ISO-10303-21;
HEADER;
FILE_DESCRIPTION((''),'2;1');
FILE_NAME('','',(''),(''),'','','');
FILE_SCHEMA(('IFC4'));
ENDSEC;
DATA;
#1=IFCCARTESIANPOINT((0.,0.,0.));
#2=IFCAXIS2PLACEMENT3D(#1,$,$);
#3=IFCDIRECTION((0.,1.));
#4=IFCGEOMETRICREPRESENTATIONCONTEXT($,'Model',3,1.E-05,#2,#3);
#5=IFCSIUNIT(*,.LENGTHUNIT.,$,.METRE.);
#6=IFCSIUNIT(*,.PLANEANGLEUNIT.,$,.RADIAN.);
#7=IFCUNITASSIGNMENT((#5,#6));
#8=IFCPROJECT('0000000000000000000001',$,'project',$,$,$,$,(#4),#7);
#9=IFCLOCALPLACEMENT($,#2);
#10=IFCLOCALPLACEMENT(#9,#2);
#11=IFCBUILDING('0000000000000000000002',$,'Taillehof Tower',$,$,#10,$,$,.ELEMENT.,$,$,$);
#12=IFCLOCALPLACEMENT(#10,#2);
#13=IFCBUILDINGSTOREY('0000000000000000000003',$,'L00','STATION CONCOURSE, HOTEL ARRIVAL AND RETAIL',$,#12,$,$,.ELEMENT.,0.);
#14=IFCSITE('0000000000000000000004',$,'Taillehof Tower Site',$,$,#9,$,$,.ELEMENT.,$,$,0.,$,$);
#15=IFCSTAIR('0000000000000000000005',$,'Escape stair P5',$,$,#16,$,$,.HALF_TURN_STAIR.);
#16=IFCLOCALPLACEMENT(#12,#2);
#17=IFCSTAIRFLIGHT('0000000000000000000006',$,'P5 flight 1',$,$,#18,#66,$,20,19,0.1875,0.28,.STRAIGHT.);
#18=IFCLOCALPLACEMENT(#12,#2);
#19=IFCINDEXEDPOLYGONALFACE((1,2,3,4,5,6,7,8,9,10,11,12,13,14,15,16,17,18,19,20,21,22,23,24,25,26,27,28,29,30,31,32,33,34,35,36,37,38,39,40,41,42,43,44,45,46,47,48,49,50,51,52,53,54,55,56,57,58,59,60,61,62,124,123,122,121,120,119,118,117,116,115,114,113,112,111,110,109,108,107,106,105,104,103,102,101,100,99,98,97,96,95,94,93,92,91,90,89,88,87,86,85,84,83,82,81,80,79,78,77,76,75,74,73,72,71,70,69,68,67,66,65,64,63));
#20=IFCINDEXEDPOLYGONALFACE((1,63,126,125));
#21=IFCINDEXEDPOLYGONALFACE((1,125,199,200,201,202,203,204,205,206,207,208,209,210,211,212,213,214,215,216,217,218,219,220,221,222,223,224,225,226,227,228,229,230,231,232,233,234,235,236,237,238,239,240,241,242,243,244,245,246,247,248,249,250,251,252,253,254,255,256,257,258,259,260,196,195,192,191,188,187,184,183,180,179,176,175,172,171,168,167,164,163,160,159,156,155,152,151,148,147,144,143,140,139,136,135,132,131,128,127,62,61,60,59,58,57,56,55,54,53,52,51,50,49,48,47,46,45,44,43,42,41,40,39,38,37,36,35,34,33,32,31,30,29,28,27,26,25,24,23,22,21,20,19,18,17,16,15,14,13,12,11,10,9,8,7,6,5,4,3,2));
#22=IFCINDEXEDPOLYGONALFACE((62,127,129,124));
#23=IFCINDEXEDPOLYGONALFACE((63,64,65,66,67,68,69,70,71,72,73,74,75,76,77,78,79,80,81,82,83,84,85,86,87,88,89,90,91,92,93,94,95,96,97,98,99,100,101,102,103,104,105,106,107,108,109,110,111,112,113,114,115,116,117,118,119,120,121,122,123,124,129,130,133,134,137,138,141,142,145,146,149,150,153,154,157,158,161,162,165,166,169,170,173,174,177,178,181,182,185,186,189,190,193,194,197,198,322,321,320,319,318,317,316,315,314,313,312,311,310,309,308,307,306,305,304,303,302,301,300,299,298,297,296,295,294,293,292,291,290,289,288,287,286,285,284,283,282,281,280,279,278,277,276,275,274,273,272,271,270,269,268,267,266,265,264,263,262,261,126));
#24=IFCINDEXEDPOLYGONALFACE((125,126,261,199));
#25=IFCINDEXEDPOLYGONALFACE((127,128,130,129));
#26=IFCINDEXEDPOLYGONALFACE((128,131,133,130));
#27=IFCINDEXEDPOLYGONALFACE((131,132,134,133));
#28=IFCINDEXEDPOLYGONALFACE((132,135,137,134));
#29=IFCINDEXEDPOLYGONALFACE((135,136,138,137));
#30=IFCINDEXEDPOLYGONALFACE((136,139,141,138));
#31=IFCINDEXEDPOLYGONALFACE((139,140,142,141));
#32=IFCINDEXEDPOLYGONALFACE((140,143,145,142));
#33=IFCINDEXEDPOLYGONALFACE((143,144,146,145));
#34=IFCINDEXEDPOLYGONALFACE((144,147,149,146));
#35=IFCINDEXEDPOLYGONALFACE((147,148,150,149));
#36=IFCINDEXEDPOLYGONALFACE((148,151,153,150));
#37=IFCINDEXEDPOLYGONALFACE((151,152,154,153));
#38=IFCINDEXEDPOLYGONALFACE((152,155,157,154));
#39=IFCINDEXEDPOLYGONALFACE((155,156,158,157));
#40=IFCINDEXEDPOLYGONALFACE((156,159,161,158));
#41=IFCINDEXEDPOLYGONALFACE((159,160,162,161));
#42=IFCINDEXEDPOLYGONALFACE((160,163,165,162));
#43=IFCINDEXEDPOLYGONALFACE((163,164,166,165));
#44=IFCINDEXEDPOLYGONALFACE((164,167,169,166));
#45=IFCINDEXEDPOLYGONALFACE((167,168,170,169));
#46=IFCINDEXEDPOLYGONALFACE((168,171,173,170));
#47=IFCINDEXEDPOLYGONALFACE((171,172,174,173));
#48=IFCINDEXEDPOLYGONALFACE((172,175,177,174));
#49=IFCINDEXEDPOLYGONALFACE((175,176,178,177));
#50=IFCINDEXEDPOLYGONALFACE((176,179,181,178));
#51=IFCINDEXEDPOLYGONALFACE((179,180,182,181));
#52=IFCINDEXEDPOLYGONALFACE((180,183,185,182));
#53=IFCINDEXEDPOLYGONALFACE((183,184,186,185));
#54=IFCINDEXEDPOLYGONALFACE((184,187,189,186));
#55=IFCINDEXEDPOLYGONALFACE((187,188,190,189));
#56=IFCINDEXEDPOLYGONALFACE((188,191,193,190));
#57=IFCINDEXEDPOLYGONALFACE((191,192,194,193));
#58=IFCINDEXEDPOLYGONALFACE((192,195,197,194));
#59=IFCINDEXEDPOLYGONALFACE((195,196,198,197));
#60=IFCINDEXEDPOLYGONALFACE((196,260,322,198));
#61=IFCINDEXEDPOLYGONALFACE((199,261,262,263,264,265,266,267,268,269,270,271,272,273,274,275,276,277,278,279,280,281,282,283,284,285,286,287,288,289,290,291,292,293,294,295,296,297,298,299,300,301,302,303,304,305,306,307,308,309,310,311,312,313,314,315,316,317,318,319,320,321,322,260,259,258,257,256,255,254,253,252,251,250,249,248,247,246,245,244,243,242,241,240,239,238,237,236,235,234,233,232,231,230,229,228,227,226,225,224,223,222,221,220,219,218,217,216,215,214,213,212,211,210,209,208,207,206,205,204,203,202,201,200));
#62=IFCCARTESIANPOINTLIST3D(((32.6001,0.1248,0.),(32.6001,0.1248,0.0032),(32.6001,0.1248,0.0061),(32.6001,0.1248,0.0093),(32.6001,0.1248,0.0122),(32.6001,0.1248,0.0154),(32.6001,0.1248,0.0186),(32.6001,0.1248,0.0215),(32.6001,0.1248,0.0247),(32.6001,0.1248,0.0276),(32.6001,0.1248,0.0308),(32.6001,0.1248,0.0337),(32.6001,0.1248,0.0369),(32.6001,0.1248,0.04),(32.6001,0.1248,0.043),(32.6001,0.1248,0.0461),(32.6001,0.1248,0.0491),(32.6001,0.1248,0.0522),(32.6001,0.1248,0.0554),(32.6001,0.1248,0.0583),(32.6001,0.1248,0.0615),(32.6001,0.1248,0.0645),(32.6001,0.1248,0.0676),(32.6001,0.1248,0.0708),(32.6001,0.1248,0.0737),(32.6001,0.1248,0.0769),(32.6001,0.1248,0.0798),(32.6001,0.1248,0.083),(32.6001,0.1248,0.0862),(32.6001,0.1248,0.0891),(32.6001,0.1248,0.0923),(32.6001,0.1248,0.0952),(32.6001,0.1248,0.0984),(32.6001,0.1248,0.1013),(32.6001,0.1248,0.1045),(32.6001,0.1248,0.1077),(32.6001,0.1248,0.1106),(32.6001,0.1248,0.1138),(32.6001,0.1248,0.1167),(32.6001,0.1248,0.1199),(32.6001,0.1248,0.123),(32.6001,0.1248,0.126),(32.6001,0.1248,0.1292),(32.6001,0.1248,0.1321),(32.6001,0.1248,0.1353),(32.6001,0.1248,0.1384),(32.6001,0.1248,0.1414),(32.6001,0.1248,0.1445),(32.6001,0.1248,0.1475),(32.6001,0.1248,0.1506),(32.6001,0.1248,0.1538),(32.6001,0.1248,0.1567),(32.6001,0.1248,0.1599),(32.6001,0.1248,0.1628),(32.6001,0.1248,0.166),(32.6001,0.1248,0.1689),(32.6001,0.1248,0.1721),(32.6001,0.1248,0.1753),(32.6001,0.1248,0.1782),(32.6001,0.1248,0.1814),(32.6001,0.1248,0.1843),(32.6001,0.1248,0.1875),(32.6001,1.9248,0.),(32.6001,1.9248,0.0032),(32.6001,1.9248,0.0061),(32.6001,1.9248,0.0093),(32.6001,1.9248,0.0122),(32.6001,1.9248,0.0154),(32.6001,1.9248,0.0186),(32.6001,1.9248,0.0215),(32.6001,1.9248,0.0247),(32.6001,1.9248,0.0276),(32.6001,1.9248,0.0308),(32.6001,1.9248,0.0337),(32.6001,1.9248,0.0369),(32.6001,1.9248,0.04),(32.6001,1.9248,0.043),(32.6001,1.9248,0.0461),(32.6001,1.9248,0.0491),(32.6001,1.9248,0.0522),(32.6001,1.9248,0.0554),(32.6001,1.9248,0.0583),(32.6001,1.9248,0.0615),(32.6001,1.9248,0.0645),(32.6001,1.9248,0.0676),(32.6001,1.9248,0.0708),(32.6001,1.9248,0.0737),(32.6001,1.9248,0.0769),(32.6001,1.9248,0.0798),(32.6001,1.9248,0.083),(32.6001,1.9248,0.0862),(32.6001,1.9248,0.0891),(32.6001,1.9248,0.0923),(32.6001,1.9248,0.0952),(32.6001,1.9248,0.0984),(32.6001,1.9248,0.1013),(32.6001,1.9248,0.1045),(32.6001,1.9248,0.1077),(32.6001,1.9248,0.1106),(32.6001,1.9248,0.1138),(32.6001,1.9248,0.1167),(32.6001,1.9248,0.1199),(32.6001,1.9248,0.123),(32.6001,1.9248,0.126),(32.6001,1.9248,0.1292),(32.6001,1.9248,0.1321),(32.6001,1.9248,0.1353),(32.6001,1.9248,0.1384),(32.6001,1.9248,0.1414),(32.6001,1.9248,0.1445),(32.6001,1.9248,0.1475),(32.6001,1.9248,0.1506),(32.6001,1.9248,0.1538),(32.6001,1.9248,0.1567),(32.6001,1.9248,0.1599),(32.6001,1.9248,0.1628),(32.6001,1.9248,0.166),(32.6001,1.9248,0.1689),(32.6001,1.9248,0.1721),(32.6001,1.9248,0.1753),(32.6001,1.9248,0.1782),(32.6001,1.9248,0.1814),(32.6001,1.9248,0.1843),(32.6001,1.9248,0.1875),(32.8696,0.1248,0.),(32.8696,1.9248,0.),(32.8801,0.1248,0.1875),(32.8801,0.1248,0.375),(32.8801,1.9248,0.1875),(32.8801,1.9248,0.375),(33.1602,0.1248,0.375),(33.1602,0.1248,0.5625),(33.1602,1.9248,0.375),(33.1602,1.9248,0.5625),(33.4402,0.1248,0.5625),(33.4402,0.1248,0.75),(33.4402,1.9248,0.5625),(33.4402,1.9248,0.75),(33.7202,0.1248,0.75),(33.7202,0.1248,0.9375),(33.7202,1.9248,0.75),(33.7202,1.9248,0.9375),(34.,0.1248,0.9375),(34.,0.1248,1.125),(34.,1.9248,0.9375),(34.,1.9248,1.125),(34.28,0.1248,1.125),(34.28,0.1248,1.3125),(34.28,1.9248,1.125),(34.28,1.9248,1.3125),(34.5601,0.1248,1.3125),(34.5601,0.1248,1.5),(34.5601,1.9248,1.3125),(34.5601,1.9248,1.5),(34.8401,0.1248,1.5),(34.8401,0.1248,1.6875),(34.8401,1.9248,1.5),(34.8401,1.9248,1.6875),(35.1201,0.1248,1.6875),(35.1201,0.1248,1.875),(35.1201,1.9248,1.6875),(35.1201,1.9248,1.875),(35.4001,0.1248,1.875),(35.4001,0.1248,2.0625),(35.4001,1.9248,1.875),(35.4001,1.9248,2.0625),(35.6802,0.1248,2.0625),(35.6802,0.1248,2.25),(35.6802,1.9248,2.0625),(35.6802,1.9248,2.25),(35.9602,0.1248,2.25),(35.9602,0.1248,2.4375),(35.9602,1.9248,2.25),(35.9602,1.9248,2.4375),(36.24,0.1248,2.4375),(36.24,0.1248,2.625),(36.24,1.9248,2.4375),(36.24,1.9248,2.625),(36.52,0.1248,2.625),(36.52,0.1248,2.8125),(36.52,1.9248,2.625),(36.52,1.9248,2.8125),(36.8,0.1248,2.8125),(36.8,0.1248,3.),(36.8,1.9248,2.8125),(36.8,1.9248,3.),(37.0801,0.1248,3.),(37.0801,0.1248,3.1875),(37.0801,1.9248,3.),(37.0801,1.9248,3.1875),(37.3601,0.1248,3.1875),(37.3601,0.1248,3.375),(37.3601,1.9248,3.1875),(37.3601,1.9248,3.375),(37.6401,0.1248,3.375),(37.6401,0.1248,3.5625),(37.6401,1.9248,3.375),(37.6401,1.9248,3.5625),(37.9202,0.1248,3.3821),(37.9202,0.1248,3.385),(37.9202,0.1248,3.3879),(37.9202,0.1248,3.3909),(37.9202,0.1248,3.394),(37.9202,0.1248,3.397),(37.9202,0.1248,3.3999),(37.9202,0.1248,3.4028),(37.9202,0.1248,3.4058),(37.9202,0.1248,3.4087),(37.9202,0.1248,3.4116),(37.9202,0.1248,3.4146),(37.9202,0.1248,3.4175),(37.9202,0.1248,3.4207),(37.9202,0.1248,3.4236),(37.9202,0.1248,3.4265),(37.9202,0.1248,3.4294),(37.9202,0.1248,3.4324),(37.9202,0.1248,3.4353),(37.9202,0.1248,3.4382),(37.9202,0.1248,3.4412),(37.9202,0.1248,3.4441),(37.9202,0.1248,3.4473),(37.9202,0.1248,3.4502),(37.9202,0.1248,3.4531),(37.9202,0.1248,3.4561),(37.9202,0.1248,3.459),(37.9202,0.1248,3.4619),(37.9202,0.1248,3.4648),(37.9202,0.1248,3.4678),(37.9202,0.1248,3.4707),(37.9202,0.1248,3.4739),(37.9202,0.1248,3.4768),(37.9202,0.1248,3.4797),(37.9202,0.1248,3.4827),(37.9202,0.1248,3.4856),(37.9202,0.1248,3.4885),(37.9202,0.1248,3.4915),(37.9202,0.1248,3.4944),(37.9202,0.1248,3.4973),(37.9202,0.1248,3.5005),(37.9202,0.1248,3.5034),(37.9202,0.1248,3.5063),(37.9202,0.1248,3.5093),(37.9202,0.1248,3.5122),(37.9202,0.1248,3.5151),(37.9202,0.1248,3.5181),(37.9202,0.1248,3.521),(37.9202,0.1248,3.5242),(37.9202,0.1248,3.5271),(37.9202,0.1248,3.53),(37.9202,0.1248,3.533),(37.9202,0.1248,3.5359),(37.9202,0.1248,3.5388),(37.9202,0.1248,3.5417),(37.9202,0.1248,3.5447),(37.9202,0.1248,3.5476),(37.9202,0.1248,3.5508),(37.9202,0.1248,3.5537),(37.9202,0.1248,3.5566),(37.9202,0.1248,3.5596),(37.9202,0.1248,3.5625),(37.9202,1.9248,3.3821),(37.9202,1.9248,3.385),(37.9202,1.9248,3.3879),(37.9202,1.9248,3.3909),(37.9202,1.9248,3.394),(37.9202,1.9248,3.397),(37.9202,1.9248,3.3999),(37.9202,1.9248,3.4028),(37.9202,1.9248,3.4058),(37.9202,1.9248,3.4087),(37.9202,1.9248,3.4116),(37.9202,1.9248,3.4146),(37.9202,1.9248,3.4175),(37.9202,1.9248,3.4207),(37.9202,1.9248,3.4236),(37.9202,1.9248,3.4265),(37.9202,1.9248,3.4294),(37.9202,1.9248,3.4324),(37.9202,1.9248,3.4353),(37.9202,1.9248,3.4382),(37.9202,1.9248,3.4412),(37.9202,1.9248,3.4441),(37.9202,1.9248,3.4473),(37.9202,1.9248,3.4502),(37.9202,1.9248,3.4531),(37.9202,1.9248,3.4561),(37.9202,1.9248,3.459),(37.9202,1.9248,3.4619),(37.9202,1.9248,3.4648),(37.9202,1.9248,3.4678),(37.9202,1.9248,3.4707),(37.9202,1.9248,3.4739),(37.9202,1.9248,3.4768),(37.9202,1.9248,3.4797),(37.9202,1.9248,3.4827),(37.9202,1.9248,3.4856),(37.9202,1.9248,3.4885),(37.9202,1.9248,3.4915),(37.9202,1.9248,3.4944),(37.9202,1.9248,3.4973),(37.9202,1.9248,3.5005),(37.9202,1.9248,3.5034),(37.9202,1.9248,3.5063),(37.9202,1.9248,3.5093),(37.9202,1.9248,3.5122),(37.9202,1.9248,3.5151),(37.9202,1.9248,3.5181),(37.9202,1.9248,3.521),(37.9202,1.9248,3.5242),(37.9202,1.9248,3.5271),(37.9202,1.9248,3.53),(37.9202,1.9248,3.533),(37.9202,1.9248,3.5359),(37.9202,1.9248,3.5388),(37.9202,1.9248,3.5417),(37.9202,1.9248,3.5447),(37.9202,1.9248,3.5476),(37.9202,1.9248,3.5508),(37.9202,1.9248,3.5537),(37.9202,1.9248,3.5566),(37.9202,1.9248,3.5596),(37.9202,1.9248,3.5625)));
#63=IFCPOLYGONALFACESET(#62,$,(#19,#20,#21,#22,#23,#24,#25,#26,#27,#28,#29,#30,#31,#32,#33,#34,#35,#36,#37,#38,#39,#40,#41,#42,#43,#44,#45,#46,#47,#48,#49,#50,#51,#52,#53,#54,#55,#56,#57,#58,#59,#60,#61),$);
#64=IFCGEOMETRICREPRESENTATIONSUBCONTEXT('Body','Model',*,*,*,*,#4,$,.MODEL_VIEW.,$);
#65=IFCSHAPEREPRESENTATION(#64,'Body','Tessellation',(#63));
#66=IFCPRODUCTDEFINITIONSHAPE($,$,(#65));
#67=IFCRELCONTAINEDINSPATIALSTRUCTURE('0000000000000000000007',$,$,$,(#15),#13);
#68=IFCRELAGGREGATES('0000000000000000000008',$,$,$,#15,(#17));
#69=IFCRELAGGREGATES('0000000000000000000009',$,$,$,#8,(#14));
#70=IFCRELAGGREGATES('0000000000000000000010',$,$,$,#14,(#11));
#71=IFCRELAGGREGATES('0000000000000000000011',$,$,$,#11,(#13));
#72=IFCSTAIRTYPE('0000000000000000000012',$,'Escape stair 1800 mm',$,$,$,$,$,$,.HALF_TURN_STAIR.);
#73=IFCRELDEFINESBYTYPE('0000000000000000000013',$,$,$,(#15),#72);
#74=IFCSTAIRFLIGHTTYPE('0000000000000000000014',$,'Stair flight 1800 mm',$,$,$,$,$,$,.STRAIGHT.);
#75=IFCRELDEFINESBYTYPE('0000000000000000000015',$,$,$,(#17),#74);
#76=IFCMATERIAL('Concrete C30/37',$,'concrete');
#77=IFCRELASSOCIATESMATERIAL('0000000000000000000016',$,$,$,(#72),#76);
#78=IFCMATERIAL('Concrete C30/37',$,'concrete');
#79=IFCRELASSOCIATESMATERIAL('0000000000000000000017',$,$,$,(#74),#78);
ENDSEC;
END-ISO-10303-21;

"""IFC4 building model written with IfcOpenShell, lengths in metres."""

from ifc_helpers import new_model, si_unit, direction, frame, origin, place, context, subcontext, project, spatial, polyline, outline, extrude, material, type_object, element, aggregate, save


model = new_model("IFC4")

# Units and contexts
model_context = context("Model", 3, precision=1e-05, world=origin(), true_north=direction((0.0, 1.0)))
body_context = subcontext(model_context, "Body", "Model", "MODEL_VIEW")
ifc_project = project(units=[si_unit("LENGTHUNIT", "METRE"), si_unit("PLANEANGLEUNIT", "RADIAN")], contexts=[model_context])

# Site, building, storey
site_placement = place(None, origin())
site = spatial("IfcSite", under=ifc_project, at=site_placement, Name="Taillehof Tower Site", CompositionType="ELEMENT", RefElevation=0.0)
building_placement = place(site_placement, origin())
building = spatial("IfcBuilding", under=site, at=building_placement, Name="Taillehof Tower", CompositionType="ELEMENT")
storey_placement = place(building_placement, origin())
storey = spatial("IfcBuildingStorey", under=building, at=storey_placement, Name="L00", Description="STATION CONCOURSE, HOTEL ARRIVAL AND RETAIL", CompositionType="ELEMENT", Elevation=0.0)

# Stair, stair flight
ifc_material_1 = material(Name="Concrete C30/37", Category="concrete")
stair_type = type_object("IfcStairType", Name="Escape stair 1800 mm", PredefinedType="HALF_TURN_STAIR", material=ifc_material_1)
stair_placement = place(storey_placement, origin())
stair = element("IfcStair", 1, at=stair_placement, inside=storey, type_object=stair_type, Name="Escape stair P5", PredefinedType="HALF_TURN_STAIR")
ifc_material_2 = material(Name="Concrete C30/37", Category="concrete")
stair_flight_type = type_object("IfcStairFlightType", Name="Stair flight 1800 mm", PredefinedType="STRAIGHT", material=ifc_material_2)
stair_flight_placement = place(storey_placement, frame((32.6001, 1.0249, 0.0), z_axis=(0.0, 0.0, 1.0), x_axis=(1.0, 0.0, 0.0)))
stair_flight = element("IfcStairFlight", 2, at=stair_flight_placement, type_object=stair_flight_type, Name="P5 flight 1", NumberOfRisers=20, NumberOfTreads=19, PredefinedType="STRAIGHT", RiserHeight=0.1875, TreadLength=0.28, context=body_context, shape_type="SweptSolid", body=[
    extrude(outline(polyline([(0.0, 0.0), (0.0, 0.0032), (0.0, 0.0061), (0.0, 0.0093), (0.0, 0.0122), (0.0, 0.0154), (0.0, 0.0186), (0.0, 0.0215), (0.0, 0.0247), (0.0, 0.0276), (0.0, 0.0308), (0.0, 0.0337), (0.0, 0.0369), (0.0, 0.04), (0.0, 0.043), (0.0, 0.0461), (0.0, 0.0491), (0.0, 0.0522), (0.0, 0.0554), (0.0, 0.0583), (0.0, 0.0615), (0.0, 0.0645), (0.0, 0.0676), (0.0, 0.0708), (0.0, 0.0737), (0.0, 0.0769), (0.0, 0.0798), (0.0, 0.083), (0.0, 0.0862), (0.0, 0.0891), (0.0, 0.0923), (0.0, 0.0952), (0.0, 0.0984), (0.0, 0.1013), (0.0, 0.1045), (0.0, 0.1077), (0.0, 0.1106), (0.0, 0.1138), (0.0, 0.1167), (0.0, 0.1199), (0.0, 0.123), (0.0, 0.126), (0.0, 0.1292), (0.0, 0.1321), (0.0, 0.1353), (0.0, 0.1384), (0.0, 0.1414), (0.0, 0.1445), (0.0, 0.1475), (0.0, 0.1506), (0.0, 0.1538), (0.0, 0.1567), (0.0, 0.1599), (0.0, 0.1628), (0.0, 0.166), (0.0, 0.1689), (0.0, 0.1721), (0.0, 0.1753), (0.0, 0.1782), (0.0, 0.1814), (0.0, 0.1843), (0.0, 0.1875), (0.28, 0.1875), (0.28, 0.375), (0.5601, 0.375), (0.5601, 0.5625), (0.8401, 0.5625), (0.8401, 0.75), (1.1201, 0.75), (1.1201, 0.9375), (1.3999, 0.9375), (1.3999, 1.125), (1.6799, 1.125), (1.6799, 1.3125), (1.96, 1.3125), (1.96, 1.5), (2.24, 1.5), (2.24, 1.6875), (2.52, 1.6875), (2.52, 1.875), (2.8, 1.875), (2.8, 2.0625), (3.0801, 2.0625), (3.0801, 2.25), (3.3601, 2.25), (3.3601, 2.4375), (3.6399, 2.4375), (3.6399, 2.625), (3.9199, 2.625), (3.9199, 2.8125), (4.2, 2.8125), (4.2, 3.0), (4.48, 3.0), (4.48, 3.1875), (4.76, 3.1875), (4.76, 3.375), (5.04, 3.375), (5.04, 3.5625), (5.3201, 3.5625), (5.3201, 3.5596), (5.3201, 3.5566), (5.3201, 3.5537), (5.3201, 3.5508), (5.3201, 3.5476), (5.3201, 3.5447), (5.3201, 3.5417), (5.3201, 3.5388), (5.3201, 3.5359), (5.3201, 3.533), (5.3201, 3.53), (5.3201, 3.5271), (5.3201, 3.5242), (5.3201, 3.521), (5.3201, 3.5181), (5.3201, 3.5151), (5.3201, 3.5122), (5.3201, 3.5093), (5.3201, 3.5063), (5.3201, 3.5034), (5.3201, 3.5005), (5.3201, 3.4973), (5.3201, 3.4944), (5.3201, 3.4915), (5.3201, 3.4885), (5.3201, 3.4856), (5.3201, 3.4827), (5.3201, 3.4797), (5.3201, 3.4768), (5.3201, 3.4739), (5.3201, 3.4707), (5.3201, 3.4678), (5.3201, 3.4648), (5.3201, 3.4619), (5.3201, 3.459), (5.3201, 3.4561), (5.3201, 3.4531), (5.3201, 3.4502), (5.3201, 3.4473), (5.3201, 3.4441), (5.3201, 3.4412), (5.3201, 3.4382), (5.3201, 3.4353), (5.3201, 3.4324), (5.3201, 3.4294), (5.3201, 3.4265), (5.3201, 3.4236), (5.3201, 3.4207), (5.3201, 3.4175), (5.3201, 3.4146), (5.3201, 3.4116), (5.3201, 3.4087), (5.3201, 3.4058), (5.3201, 3.4028), (5.3201, 3.3999), (5.3201, 3.397), (5.3201, 3.394), (5.3201, 3.3909), (5.3201, 3.3879), (5.3201, 3.385), (5.3201, 3.3821), (0.2695, 0.0), (0.0, 0.0)])), frame((0.0, 0.8999, 0.0), z_axis=(0.0, -1.0, 0.0), x_axis=(1.0, 0.0, 0.0)), (0.0, 0.0, 1.0), 1.8),
])
aggregate(stair, [stair_flight])

save(model, "model.ifc")
